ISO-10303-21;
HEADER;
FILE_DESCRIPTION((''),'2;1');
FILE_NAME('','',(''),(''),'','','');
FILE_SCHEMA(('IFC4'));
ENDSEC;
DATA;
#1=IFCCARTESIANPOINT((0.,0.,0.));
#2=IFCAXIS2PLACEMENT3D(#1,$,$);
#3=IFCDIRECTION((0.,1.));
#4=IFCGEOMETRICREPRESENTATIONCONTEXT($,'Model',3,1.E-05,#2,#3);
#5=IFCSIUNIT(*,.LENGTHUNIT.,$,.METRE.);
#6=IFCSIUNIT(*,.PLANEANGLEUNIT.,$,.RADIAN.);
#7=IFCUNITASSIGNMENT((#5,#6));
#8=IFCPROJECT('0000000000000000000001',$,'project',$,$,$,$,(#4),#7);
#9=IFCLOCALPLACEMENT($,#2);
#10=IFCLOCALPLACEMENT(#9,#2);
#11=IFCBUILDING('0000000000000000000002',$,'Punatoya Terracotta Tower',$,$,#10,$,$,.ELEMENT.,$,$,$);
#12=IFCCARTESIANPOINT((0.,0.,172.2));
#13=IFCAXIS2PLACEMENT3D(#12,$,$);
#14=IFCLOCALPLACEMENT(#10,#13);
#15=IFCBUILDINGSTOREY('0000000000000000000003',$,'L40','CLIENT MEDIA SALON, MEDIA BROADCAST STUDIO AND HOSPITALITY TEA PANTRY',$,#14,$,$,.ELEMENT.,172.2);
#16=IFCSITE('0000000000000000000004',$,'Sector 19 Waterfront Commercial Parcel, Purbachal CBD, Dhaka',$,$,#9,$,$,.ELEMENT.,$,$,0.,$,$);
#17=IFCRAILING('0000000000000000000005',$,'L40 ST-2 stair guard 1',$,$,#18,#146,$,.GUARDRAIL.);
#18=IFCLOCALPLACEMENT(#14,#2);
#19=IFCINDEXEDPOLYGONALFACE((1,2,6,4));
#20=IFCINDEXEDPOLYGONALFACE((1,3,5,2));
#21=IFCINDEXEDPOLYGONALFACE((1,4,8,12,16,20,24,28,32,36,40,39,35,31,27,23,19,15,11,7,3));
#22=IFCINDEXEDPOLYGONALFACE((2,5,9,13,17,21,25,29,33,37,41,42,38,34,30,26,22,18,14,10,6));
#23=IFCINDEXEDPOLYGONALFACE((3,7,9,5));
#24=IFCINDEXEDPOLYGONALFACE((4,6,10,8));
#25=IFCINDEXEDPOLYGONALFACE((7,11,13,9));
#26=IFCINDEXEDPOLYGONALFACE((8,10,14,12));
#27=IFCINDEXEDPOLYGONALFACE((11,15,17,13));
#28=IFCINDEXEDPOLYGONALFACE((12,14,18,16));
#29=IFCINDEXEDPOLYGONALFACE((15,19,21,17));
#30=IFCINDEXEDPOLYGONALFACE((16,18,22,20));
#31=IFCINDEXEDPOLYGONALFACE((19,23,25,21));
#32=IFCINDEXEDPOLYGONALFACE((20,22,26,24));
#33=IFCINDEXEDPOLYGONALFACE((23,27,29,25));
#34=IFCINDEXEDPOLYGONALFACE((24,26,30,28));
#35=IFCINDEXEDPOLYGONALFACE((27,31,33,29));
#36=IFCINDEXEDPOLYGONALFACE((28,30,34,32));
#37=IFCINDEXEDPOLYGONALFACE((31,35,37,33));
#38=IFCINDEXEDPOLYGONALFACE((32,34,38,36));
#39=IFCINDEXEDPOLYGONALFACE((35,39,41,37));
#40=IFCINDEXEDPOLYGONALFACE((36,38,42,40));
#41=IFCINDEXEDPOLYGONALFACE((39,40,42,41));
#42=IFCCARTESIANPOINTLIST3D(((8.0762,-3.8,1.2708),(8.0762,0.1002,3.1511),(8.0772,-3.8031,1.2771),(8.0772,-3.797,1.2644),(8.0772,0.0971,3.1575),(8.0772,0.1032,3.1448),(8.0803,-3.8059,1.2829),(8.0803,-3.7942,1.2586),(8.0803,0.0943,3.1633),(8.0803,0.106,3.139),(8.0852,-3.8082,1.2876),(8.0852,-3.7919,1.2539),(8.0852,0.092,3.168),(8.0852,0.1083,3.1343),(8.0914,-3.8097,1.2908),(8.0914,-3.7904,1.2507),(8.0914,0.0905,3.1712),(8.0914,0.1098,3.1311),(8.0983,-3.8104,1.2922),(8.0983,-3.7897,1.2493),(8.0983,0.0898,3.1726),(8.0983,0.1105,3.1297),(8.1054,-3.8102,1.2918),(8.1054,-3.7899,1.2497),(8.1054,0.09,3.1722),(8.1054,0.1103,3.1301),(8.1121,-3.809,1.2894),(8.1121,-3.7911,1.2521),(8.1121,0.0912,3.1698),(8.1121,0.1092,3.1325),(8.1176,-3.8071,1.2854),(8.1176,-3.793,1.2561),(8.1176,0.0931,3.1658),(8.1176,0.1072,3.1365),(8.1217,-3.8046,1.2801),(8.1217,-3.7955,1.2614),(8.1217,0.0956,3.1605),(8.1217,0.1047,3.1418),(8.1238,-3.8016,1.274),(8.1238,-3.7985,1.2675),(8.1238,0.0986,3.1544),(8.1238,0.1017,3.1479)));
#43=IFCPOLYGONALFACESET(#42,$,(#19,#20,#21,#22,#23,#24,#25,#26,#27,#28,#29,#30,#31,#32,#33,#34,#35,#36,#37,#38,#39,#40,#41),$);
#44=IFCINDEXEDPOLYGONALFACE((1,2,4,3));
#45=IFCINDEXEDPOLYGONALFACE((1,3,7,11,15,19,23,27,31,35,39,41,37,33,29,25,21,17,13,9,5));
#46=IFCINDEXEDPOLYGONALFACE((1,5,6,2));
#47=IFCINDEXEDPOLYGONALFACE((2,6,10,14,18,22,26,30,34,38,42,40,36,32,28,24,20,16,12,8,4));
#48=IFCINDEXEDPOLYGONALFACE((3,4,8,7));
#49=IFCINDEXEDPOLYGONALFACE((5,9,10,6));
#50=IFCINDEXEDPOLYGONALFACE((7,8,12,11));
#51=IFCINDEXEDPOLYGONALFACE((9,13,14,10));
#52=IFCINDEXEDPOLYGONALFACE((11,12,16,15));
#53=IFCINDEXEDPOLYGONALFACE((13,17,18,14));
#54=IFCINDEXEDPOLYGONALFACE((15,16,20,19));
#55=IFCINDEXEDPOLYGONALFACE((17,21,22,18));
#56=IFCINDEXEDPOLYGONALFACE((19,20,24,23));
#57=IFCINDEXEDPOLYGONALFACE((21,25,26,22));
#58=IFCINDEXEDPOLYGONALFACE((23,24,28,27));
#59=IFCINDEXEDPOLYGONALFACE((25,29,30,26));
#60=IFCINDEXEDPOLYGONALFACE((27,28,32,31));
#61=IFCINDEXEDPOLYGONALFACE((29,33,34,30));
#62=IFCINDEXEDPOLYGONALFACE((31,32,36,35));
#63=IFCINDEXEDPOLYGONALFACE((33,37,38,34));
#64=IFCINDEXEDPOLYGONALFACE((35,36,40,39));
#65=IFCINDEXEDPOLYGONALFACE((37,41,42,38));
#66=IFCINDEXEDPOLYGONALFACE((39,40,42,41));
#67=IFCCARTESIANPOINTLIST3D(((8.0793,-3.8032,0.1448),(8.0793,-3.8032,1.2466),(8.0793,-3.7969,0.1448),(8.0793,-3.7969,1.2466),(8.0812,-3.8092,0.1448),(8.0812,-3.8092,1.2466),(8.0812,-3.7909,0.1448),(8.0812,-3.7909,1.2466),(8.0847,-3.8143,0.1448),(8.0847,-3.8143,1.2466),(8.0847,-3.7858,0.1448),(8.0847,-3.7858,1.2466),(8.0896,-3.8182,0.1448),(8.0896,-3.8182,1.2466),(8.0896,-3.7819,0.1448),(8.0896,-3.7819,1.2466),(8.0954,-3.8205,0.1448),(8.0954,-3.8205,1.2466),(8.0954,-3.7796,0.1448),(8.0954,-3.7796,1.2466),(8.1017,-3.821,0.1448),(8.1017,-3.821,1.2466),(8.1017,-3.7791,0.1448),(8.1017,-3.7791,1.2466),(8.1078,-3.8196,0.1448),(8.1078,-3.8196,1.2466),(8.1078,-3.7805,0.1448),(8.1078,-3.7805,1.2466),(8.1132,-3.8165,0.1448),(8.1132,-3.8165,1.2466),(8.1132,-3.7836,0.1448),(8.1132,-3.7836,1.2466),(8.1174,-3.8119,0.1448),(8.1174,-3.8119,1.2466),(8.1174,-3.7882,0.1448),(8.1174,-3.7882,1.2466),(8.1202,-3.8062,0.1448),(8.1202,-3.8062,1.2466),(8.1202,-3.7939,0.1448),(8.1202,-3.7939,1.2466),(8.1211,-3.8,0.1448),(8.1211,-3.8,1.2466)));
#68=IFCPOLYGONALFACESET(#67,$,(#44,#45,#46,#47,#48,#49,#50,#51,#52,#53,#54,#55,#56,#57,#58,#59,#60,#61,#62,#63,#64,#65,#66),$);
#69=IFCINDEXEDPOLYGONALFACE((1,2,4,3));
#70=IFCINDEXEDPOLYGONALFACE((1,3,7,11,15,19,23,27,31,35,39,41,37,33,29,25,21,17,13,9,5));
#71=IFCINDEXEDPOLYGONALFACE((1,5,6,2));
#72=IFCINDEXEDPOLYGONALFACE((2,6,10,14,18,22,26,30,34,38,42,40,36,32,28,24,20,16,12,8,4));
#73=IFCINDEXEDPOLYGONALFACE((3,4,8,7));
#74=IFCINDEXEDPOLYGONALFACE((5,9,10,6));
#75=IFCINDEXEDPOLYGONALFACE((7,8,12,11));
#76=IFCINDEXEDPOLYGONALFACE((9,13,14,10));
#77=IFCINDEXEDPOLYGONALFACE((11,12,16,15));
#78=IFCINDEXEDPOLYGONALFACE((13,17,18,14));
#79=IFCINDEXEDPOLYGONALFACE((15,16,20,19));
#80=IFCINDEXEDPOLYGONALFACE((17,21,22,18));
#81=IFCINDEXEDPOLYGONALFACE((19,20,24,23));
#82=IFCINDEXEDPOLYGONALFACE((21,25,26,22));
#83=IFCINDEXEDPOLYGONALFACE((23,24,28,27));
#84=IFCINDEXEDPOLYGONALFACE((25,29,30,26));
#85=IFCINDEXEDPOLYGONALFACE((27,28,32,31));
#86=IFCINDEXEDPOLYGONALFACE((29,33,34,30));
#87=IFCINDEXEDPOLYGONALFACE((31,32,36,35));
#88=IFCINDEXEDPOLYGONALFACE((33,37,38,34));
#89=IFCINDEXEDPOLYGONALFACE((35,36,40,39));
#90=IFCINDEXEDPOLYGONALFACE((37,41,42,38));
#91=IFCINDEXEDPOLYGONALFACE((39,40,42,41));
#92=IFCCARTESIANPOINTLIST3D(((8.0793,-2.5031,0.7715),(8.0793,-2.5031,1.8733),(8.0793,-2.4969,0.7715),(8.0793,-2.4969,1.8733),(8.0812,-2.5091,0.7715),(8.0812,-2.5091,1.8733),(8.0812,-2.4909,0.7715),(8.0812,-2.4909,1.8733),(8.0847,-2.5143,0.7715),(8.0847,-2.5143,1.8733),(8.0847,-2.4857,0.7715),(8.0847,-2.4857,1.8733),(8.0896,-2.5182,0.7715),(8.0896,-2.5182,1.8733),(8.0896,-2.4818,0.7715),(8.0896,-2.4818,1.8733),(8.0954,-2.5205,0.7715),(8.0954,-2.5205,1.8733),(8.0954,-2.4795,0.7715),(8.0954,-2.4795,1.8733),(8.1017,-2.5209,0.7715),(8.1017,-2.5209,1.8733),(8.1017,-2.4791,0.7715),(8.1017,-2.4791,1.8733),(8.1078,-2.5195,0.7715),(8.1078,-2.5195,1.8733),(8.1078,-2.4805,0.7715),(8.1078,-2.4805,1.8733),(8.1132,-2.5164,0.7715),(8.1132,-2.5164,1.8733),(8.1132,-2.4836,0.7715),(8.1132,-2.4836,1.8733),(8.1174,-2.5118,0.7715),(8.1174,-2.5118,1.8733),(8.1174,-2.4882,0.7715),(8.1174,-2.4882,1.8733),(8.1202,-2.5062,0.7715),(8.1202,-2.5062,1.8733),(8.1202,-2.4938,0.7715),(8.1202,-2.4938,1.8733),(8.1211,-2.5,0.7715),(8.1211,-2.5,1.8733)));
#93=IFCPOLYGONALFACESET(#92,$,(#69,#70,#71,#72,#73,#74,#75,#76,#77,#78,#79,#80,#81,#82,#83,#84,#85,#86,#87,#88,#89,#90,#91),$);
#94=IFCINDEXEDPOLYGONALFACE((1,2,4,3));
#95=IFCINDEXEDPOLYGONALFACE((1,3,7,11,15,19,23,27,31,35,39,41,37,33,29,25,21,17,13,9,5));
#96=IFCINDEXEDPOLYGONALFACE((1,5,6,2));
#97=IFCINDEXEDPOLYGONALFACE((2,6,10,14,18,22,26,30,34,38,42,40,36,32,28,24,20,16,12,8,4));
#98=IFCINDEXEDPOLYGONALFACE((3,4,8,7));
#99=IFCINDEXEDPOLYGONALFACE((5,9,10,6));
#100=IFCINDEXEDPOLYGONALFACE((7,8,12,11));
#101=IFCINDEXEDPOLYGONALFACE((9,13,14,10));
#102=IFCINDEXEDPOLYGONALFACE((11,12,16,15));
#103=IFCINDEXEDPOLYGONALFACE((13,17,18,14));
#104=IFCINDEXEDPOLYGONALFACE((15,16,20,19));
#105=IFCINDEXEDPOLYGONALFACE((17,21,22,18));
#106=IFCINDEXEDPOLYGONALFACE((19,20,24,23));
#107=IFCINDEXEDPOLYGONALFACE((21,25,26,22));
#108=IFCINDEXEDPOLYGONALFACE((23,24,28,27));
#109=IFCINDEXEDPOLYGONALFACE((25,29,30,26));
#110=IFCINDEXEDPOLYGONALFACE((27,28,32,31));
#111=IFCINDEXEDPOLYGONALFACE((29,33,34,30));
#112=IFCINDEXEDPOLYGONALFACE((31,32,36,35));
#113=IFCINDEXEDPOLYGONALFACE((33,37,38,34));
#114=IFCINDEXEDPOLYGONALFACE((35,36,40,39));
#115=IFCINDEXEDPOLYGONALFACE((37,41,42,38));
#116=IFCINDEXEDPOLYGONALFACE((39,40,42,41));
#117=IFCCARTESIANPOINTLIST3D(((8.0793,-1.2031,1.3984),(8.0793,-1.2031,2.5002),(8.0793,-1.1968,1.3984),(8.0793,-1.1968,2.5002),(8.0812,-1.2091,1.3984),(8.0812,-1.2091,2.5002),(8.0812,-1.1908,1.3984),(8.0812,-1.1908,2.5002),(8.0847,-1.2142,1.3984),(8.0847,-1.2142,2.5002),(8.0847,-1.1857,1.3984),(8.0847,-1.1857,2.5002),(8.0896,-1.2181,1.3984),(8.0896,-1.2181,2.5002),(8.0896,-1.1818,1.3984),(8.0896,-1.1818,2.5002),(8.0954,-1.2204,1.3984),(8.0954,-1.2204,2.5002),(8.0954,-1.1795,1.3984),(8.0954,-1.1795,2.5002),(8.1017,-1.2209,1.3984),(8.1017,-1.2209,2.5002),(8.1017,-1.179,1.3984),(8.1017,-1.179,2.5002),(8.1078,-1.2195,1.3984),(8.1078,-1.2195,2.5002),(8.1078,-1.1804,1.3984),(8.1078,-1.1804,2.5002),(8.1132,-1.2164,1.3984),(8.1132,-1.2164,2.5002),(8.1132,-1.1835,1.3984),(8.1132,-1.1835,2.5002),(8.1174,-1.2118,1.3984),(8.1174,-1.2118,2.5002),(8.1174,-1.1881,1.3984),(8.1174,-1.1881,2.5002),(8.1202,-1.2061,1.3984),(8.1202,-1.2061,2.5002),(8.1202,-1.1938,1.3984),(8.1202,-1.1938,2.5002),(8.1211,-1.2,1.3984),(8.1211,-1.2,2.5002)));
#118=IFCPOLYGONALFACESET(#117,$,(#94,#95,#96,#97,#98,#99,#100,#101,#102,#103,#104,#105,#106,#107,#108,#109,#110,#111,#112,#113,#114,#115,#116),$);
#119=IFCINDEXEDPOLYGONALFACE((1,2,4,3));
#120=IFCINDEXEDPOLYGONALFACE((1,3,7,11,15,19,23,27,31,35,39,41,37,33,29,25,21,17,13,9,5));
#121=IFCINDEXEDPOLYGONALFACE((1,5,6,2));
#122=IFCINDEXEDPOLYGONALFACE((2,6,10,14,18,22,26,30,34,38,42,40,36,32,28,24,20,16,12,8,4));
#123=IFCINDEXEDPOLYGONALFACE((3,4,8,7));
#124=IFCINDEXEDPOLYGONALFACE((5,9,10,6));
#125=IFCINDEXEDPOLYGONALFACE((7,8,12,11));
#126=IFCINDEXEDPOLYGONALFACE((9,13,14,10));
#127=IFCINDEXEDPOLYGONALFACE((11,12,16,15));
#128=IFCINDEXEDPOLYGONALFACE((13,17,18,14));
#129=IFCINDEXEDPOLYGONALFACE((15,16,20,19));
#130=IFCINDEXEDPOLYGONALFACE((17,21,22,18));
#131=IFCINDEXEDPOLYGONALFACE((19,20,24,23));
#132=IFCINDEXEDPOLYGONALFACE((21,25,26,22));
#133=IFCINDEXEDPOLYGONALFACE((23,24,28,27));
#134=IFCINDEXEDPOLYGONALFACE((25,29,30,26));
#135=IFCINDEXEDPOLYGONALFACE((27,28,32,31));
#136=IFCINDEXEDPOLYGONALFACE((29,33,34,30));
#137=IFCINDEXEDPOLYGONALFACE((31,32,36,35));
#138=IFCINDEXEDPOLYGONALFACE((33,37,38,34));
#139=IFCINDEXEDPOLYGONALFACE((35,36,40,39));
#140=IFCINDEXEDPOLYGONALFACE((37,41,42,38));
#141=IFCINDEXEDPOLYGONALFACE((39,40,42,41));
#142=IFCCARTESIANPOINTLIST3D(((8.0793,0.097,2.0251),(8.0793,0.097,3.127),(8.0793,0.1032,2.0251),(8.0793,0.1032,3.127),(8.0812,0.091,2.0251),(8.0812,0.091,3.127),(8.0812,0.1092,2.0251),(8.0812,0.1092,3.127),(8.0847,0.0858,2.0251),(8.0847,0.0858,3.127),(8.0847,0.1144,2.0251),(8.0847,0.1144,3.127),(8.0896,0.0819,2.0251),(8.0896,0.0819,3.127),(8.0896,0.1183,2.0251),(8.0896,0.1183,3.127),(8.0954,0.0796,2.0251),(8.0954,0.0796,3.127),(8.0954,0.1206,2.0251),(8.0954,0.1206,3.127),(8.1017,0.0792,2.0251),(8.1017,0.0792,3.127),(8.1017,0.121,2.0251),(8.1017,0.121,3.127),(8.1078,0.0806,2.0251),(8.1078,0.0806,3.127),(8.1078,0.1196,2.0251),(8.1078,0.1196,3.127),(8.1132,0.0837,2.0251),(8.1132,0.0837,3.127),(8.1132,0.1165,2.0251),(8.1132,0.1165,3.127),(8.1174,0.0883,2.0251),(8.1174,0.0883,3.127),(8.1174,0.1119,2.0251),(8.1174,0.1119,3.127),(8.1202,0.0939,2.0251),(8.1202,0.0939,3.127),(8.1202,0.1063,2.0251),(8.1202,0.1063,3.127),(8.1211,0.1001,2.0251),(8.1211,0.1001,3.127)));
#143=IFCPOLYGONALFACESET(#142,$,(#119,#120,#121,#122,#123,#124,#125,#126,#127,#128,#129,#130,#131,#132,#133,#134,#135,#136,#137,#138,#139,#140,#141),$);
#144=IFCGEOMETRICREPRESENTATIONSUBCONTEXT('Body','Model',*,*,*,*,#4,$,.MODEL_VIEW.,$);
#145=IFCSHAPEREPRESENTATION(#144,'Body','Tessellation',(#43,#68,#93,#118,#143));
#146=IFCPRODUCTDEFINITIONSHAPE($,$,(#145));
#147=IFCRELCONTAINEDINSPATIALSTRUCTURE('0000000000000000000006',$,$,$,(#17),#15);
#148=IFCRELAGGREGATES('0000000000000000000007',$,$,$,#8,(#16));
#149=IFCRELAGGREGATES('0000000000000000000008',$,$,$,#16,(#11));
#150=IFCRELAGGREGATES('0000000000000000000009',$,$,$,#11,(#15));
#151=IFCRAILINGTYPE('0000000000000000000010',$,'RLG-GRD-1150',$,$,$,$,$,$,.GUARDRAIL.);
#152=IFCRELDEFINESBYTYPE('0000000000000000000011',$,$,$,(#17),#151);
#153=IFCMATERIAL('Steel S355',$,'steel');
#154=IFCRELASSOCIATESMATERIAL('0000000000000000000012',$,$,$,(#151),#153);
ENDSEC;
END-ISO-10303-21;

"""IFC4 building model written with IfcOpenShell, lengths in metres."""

from ifc_helpers import new_model, si_unit, direction, frame, origin, origin_2d, place, context, subcontext, project, spatial, circle, extrude, material, type_object, element, save


model = new_model("IFC4")

# Units and contexts
model_context = context("Model", 3, precision=1e-05, world=origin(), true_north=direction((0.0, 1.0)))
body_context = subcontext(model_context, "Body", "Model", "MODEL_VIEW")
ifc_project = project(units=[si_unit("LENGTHUNIT", "METRE"), si_unit("PLANEANGLEUNIT", "RADIAN")], contexts=[model_context])

# Site, building, storey
site_placement = place(None, origin())
site = spatial("IfcSite", under=ifc_project, at=site_placement, Name="Sector 19 Waterfront Commercial Parcel, Purbachal CBD, Dhaka", CompositionType="ELEMENT", RefElevation=0.0)
building_placement = place(site_placement, origin())
building = spatial("IfcBuilding", under=site, at=building_placement, Name="Punatoya Terracotta Tower", CompositionType="ELEMENT")
storey_placement = place(building_placement, frame((0.0, 0.0, 172.2)))
storey = spatial("IfcBuildingStorey", under=building, at=storey_placement, Name="L40", Description="CLIENT MEDIA SALON, MEDIA BROADCAST STUDIO AND HOSPITALITY TEA PANTRY", CompositionType="ELEMENT", Elevation=172.2)

# Railing
ifc_material_1 = material(Name="Steel S355", Category="steel")
railing_type_1 = type_object("IfcRailingType", Name="RLG-GRD-1150", PredefinedType="GUARDRAIL", material=ifc_material_1)
railing_1_placement = place(storey_placement, frame((8.1001, -3.8, 0.1448)))
element("IfcRailing", 1, at=railing_1_placement, inside=storey, type_object=railing_type_1, Name="L40 ST-2 stair guard 1", PredefinedType="GUARDRAIL", context=body_context, shape_type="SweptSolid", body=[
    extrude(circle(Radius=0.0239, at=origin_2d()), frame((0.0, 0.0, 1.126), z_axis=(0.0, 0.900774, 0.434289), x_axis=(-1.0, 0.0, 0.0)), (0.0, 0.0, 1.0), 4.3298),
    extrude(circle(Radius=0.021, at=origin_2d()), origin(), (0.0, 0.0, 1.0), 1.1018),
    extrude(circle(Radius=0.021, at=origin_2d()), frame((0.0, 1.3, 0.6267)), (0.0, 0.0, 1.0), 1.1018),
    extrude(circle(Radius=0.021, at=origin_2d()), frame((0.0, 2.6001, 1.2537)), (0.0, 0.0, 1.0), 1.1018),
    extrude(circle(Radius=0.021, at=origin_2d()), frame((0.0, 3.9001, 1.8804)), (0.0, 0.0, 1.0), 1.1018),
])

save(model, "model.ifc")
